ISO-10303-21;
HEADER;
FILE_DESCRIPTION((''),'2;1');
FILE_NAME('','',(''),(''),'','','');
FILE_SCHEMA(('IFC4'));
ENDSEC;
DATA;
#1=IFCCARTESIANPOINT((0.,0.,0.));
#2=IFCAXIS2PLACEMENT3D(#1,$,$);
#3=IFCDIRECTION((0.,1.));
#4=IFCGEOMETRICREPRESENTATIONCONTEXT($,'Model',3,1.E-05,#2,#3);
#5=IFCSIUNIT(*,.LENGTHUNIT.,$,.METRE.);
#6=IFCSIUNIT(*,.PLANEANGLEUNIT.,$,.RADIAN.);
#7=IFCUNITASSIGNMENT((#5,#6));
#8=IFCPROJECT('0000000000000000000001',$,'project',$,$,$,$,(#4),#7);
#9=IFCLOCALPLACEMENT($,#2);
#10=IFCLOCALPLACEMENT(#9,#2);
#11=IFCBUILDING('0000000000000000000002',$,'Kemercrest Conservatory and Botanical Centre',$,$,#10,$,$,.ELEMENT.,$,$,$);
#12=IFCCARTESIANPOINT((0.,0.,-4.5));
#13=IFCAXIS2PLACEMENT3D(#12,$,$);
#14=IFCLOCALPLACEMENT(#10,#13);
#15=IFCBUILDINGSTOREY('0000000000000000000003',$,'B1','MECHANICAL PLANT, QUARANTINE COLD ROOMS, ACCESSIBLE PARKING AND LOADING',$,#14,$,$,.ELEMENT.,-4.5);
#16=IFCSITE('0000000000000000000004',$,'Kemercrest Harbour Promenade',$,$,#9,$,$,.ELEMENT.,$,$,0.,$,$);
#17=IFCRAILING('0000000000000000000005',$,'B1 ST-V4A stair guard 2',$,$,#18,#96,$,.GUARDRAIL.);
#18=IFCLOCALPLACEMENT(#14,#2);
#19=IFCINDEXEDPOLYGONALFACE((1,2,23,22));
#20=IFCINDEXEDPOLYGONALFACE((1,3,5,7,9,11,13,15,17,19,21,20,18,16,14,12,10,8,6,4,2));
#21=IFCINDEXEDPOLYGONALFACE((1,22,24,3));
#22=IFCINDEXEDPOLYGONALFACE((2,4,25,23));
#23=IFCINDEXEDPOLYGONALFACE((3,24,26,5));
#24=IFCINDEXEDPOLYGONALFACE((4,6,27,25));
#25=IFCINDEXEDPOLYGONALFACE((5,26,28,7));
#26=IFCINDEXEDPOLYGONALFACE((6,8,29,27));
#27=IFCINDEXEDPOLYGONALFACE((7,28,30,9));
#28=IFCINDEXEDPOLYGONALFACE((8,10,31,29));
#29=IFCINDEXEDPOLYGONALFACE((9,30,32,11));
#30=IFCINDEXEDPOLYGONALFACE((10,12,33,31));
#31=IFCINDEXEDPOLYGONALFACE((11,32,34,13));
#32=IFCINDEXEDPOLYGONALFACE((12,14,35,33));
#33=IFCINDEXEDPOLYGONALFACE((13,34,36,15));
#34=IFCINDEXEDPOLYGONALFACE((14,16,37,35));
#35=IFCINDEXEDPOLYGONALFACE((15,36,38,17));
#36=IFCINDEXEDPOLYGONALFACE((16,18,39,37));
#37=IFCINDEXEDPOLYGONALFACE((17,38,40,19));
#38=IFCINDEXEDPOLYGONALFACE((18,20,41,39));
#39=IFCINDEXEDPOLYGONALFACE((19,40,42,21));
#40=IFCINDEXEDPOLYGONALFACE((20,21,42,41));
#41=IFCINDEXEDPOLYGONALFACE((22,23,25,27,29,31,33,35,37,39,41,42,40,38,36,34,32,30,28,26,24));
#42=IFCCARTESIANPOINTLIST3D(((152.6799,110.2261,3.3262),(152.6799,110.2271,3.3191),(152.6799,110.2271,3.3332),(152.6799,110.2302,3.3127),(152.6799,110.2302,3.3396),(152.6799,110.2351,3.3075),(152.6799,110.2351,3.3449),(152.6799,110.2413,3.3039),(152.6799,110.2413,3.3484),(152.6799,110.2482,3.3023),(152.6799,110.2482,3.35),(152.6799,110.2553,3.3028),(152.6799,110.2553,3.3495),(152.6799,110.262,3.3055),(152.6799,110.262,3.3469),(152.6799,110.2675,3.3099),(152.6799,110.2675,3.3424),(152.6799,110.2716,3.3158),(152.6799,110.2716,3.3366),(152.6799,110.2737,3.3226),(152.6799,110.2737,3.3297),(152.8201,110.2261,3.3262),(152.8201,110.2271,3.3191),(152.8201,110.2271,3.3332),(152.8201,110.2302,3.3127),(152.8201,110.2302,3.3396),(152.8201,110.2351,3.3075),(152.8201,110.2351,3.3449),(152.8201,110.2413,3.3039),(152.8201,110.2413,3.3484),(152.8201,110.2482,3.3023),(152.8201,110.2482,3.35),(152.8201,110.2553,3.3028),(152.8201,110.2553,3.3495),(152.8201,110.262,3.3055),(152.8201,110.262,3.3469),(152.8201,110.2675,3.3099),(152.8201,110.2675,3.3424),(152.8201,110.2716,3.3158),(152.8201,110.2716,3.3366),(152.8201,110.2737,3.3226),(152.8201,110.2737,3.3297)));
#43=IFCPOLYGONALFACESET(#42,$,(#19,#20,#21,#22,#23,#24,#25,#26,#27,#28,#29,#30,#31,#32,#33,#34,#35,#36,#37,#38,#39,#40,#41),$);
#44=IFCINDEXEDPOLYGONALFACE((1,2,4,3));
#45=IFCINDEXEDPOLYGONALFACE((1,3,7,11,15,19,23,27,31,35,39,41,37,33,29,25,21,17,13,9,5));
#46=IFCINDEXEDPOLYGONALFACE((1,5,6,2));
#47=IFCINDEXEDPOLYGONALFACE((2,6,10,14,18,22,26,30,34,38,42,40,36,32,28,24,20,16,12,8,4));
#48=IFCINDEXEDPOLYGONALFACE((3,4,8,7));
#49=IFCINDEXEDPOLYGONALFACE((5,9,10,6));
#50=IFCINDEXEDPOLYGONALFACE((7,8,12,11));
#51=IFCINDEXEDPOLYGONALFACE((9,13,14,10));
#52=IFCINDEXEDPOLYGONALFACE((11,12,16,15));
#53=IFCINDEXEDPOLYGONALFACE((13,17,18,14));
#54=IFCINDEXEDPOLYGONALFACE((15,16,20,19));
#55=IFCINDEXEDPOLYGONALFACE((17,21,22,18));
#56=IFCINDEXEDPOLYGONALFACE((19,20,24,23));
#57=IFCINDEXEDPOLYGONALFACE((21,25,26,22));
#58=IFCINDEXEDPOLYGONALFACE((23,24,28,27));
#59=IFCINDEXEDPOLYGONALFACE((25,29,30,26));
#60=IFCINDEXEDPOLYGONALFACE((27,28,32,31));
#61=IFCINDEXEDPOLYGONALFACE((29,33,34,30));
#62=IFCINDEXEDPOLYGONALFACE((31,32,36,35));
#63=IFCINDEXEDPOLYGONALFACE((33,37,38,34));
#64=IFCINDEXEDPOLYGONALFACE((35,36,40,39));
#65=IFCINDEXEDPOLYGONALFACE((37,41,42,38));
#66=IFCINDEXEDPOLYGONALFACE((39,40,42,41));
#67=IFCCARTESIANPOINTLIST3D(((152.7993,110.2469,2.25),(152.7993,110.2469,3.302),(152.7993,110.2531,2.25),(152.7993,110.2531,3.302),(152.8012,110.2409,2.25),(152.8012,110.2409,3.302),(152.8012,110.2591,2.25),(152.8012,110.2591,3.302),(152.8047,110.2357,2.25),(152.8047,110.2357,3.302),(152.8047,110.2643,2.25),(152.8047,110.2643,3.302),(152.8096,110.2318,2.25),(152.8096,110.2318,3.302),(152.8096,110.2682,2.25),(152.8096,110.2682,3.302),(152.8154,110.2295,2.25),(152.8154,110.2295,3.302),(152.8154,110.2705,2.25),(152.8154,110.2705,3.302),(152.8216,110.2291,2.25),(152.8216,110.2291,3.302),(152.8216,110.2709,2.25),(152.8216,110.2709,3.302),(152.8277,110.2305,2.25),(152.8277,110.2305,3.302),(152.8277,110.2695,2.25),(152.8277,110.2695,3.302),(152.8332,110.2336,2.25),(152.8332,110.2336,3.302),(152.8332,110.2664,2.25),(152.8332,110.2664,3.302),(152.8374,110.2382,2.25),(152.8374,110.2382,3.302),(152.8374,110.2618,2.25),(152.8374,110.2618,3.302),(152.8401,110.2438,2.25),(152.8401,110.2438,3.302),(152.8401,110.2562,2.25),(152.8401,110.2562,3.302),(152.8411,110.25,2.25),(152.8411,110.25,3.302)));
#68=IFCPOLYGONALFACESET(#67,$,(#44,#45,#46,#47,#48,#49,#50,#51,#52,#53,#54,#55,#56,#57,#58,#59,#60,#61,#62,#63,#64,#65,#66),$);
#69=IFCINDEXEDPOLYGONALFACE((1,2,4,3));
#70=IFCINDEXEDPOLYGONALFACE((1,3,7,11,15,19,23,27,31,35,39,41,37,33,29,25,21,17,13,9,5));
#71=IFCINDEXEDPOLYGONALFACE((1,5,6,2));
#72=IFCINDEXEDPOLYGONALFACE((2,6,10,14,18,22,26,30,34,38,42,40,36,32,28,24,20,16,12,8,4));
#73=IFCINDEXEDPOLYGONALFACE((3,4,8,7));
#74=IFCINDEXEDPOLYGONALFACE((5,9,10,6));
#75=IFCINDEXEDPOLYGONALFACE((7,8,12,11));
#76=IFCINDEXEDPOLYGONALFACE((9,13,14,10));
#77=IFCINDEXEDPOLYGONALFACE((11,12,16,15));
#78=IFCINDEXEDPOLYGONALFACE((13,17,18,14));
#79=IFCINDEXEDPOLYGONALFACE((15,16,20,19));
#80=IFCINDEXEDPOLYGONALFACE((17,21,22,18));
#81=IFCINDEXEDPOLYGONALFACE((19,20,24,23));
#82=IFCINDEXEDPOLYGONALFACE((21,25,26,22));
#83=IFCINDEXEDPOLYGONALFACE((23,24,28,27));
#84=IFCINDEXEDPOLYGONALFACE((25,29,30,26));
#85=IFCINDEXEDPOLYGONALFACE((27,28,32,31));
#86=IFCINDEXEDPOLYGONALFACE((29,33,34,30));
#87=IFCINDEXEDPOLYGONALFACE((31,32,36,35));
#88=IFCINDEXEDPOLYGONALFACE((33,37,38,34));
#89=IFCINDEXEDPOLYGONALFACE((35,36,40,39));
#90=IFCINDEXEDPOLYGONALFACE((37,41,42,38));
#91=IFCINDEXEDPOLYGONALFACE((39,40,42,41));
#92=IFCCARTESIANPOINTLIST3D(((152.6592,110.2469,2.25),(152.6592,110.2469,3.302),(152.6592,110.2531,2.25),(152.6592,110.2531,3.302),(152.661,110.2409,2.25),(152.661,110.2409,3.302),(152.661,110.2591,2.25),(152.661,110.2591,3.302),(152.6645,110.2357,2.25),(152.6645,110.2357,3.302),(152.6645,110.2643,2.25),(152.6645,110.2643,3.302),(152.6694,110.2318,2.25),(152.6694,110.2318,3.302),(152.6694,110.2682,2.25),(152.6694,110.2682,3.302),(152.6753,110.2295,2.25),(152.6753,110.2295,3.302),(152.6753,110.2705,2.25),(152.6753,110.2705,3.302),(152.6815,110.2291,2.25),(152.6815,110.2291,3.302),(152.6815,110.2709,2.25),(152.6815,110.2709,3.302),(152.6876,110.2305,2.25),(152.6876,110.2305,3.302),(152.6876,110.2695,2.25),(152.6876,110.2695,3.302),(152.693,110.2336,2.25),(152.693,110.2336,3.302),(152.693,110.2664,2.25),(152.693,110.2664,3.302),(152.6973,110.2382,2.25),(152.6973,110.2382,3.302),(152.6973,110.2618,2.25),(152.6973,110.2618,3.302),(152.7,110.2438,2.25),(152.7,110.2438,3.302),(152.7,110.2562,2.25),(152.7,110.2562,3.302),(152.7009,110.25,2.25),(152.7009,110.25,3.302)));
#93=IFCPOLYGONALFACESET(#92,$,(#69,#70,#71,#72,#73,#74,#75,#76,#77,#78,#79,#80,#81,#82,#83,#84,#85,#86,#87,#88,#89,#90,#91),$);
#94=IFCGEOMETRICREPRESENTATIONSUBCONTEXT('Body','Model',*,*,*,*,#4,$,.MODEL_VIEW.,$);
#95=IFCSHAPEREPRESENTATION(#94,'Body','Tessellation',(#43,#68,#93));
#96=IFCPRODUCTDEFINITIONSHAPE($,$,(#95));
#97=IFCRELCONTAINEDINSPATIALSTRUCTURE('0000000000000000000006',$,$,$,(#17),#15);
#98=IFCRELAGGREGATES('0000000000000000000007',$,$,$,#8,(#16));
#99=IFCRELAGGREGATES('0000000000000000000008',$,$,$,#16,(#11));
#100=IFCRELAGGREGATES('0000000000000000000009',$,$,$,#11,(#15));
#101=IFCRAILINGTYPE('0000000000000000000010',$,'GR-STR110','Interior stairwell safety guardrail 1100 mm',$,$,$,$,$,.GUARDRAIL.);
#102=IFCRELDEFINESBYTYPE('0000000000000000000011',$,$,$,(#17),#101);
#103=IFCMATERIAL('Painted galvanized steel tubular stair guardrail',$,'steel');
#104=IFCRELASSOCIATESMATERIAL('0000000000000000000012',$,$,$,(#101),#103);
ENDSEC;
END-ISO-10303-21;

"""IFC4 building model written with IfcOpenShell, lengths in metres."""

from ifc_helpers import new_model, si_unit, direction, frame, origin, origin_2d, place, context, subcontext, project, spatial, circle, extrude, material, type_object, element, save


model = new_model("IFC4")

# Units and contexts
model_context = context("Model", 3, precision=1e-05, world=origin(), true_north=direction((0.0, 1.0)))
body_context = subcontext(model_context, "Body", "Model", "MODEL_VIEW")
ifc_project = project(units=[si_unit("LENGTHUNIT", "METRE"), si_unit("PLANEANGLEUNIT", "RADIAN")], contexts=[model_context])

# Site, building, storey
site_placement = place(None, origin())
site = spatial("IfcSite", under=ifc_project, at=site_placement, Name="Kemercrest Harbour Promenade", CompositionType="ELEMENT", RefElevation=0.0)
building_placement = place(site_placement, origin())
building = spatial("IfcBuilding", under=site, at=building_placement, Name="Kemercrest Conservatory and Botanical Centre", CompositionType="ELEMENT")
storey_placement = place(building_placement, frame((0.0, 0.0, -4.5)))
storey = spatial("IfcBuildingStorey", under=building, at=storey_placement, Name="B1", Description="MECHANICAL PLANT, QUARANTINE COLD ROOMS, ACCESSIBLE PARKING AND LOADING", CompositionType="ELEMENT", Elevation=-4.5)

# Railing
ifc_material_1 = material(Name="Painted galvanized steel tubular stair guardrail", Category="steel")
railing_type_1 = type_object("IfcRailingType", Name="GR-STR110", Description="Interior stairwell safety guardrail 1100 mm", PredefinedType="GUARDRAIL", material=ifc_material_1)
railing_1_placement = place(storey_placement, frame((152.8201, 110.25, 2.25)))
element("IfcRailing", 1, at=railing_1_placement, inside=storey, type_object=railing_type_1, Name="B1 ST-V4A stair guard 2", PredefinedType="GUARDRAIL", context=body_context, shape_type="SweptSolid", body=[
    extrude(circle(Radius=0.0239, at=origin_2d()), frame((0.0, 0.0, 1.0762), z_axis=(-1.0, 0.0, 0.0), x_axis=(0.0, -1.0, 0.0)), (0.0, 0.0, 1.0), 0.1401),
    extrude(circle(Radius=0.021, at=origin_2d()), origin(), (0.0, 0.0, 1.0), 1.052),
    extrude(circle(Radius=0.021, at=origin_2d()), frame((-0.1401, 0.0, 0.0)), (0.0, 0.0, 1.0), 1.052),
])

save(model, "model.ifc")
